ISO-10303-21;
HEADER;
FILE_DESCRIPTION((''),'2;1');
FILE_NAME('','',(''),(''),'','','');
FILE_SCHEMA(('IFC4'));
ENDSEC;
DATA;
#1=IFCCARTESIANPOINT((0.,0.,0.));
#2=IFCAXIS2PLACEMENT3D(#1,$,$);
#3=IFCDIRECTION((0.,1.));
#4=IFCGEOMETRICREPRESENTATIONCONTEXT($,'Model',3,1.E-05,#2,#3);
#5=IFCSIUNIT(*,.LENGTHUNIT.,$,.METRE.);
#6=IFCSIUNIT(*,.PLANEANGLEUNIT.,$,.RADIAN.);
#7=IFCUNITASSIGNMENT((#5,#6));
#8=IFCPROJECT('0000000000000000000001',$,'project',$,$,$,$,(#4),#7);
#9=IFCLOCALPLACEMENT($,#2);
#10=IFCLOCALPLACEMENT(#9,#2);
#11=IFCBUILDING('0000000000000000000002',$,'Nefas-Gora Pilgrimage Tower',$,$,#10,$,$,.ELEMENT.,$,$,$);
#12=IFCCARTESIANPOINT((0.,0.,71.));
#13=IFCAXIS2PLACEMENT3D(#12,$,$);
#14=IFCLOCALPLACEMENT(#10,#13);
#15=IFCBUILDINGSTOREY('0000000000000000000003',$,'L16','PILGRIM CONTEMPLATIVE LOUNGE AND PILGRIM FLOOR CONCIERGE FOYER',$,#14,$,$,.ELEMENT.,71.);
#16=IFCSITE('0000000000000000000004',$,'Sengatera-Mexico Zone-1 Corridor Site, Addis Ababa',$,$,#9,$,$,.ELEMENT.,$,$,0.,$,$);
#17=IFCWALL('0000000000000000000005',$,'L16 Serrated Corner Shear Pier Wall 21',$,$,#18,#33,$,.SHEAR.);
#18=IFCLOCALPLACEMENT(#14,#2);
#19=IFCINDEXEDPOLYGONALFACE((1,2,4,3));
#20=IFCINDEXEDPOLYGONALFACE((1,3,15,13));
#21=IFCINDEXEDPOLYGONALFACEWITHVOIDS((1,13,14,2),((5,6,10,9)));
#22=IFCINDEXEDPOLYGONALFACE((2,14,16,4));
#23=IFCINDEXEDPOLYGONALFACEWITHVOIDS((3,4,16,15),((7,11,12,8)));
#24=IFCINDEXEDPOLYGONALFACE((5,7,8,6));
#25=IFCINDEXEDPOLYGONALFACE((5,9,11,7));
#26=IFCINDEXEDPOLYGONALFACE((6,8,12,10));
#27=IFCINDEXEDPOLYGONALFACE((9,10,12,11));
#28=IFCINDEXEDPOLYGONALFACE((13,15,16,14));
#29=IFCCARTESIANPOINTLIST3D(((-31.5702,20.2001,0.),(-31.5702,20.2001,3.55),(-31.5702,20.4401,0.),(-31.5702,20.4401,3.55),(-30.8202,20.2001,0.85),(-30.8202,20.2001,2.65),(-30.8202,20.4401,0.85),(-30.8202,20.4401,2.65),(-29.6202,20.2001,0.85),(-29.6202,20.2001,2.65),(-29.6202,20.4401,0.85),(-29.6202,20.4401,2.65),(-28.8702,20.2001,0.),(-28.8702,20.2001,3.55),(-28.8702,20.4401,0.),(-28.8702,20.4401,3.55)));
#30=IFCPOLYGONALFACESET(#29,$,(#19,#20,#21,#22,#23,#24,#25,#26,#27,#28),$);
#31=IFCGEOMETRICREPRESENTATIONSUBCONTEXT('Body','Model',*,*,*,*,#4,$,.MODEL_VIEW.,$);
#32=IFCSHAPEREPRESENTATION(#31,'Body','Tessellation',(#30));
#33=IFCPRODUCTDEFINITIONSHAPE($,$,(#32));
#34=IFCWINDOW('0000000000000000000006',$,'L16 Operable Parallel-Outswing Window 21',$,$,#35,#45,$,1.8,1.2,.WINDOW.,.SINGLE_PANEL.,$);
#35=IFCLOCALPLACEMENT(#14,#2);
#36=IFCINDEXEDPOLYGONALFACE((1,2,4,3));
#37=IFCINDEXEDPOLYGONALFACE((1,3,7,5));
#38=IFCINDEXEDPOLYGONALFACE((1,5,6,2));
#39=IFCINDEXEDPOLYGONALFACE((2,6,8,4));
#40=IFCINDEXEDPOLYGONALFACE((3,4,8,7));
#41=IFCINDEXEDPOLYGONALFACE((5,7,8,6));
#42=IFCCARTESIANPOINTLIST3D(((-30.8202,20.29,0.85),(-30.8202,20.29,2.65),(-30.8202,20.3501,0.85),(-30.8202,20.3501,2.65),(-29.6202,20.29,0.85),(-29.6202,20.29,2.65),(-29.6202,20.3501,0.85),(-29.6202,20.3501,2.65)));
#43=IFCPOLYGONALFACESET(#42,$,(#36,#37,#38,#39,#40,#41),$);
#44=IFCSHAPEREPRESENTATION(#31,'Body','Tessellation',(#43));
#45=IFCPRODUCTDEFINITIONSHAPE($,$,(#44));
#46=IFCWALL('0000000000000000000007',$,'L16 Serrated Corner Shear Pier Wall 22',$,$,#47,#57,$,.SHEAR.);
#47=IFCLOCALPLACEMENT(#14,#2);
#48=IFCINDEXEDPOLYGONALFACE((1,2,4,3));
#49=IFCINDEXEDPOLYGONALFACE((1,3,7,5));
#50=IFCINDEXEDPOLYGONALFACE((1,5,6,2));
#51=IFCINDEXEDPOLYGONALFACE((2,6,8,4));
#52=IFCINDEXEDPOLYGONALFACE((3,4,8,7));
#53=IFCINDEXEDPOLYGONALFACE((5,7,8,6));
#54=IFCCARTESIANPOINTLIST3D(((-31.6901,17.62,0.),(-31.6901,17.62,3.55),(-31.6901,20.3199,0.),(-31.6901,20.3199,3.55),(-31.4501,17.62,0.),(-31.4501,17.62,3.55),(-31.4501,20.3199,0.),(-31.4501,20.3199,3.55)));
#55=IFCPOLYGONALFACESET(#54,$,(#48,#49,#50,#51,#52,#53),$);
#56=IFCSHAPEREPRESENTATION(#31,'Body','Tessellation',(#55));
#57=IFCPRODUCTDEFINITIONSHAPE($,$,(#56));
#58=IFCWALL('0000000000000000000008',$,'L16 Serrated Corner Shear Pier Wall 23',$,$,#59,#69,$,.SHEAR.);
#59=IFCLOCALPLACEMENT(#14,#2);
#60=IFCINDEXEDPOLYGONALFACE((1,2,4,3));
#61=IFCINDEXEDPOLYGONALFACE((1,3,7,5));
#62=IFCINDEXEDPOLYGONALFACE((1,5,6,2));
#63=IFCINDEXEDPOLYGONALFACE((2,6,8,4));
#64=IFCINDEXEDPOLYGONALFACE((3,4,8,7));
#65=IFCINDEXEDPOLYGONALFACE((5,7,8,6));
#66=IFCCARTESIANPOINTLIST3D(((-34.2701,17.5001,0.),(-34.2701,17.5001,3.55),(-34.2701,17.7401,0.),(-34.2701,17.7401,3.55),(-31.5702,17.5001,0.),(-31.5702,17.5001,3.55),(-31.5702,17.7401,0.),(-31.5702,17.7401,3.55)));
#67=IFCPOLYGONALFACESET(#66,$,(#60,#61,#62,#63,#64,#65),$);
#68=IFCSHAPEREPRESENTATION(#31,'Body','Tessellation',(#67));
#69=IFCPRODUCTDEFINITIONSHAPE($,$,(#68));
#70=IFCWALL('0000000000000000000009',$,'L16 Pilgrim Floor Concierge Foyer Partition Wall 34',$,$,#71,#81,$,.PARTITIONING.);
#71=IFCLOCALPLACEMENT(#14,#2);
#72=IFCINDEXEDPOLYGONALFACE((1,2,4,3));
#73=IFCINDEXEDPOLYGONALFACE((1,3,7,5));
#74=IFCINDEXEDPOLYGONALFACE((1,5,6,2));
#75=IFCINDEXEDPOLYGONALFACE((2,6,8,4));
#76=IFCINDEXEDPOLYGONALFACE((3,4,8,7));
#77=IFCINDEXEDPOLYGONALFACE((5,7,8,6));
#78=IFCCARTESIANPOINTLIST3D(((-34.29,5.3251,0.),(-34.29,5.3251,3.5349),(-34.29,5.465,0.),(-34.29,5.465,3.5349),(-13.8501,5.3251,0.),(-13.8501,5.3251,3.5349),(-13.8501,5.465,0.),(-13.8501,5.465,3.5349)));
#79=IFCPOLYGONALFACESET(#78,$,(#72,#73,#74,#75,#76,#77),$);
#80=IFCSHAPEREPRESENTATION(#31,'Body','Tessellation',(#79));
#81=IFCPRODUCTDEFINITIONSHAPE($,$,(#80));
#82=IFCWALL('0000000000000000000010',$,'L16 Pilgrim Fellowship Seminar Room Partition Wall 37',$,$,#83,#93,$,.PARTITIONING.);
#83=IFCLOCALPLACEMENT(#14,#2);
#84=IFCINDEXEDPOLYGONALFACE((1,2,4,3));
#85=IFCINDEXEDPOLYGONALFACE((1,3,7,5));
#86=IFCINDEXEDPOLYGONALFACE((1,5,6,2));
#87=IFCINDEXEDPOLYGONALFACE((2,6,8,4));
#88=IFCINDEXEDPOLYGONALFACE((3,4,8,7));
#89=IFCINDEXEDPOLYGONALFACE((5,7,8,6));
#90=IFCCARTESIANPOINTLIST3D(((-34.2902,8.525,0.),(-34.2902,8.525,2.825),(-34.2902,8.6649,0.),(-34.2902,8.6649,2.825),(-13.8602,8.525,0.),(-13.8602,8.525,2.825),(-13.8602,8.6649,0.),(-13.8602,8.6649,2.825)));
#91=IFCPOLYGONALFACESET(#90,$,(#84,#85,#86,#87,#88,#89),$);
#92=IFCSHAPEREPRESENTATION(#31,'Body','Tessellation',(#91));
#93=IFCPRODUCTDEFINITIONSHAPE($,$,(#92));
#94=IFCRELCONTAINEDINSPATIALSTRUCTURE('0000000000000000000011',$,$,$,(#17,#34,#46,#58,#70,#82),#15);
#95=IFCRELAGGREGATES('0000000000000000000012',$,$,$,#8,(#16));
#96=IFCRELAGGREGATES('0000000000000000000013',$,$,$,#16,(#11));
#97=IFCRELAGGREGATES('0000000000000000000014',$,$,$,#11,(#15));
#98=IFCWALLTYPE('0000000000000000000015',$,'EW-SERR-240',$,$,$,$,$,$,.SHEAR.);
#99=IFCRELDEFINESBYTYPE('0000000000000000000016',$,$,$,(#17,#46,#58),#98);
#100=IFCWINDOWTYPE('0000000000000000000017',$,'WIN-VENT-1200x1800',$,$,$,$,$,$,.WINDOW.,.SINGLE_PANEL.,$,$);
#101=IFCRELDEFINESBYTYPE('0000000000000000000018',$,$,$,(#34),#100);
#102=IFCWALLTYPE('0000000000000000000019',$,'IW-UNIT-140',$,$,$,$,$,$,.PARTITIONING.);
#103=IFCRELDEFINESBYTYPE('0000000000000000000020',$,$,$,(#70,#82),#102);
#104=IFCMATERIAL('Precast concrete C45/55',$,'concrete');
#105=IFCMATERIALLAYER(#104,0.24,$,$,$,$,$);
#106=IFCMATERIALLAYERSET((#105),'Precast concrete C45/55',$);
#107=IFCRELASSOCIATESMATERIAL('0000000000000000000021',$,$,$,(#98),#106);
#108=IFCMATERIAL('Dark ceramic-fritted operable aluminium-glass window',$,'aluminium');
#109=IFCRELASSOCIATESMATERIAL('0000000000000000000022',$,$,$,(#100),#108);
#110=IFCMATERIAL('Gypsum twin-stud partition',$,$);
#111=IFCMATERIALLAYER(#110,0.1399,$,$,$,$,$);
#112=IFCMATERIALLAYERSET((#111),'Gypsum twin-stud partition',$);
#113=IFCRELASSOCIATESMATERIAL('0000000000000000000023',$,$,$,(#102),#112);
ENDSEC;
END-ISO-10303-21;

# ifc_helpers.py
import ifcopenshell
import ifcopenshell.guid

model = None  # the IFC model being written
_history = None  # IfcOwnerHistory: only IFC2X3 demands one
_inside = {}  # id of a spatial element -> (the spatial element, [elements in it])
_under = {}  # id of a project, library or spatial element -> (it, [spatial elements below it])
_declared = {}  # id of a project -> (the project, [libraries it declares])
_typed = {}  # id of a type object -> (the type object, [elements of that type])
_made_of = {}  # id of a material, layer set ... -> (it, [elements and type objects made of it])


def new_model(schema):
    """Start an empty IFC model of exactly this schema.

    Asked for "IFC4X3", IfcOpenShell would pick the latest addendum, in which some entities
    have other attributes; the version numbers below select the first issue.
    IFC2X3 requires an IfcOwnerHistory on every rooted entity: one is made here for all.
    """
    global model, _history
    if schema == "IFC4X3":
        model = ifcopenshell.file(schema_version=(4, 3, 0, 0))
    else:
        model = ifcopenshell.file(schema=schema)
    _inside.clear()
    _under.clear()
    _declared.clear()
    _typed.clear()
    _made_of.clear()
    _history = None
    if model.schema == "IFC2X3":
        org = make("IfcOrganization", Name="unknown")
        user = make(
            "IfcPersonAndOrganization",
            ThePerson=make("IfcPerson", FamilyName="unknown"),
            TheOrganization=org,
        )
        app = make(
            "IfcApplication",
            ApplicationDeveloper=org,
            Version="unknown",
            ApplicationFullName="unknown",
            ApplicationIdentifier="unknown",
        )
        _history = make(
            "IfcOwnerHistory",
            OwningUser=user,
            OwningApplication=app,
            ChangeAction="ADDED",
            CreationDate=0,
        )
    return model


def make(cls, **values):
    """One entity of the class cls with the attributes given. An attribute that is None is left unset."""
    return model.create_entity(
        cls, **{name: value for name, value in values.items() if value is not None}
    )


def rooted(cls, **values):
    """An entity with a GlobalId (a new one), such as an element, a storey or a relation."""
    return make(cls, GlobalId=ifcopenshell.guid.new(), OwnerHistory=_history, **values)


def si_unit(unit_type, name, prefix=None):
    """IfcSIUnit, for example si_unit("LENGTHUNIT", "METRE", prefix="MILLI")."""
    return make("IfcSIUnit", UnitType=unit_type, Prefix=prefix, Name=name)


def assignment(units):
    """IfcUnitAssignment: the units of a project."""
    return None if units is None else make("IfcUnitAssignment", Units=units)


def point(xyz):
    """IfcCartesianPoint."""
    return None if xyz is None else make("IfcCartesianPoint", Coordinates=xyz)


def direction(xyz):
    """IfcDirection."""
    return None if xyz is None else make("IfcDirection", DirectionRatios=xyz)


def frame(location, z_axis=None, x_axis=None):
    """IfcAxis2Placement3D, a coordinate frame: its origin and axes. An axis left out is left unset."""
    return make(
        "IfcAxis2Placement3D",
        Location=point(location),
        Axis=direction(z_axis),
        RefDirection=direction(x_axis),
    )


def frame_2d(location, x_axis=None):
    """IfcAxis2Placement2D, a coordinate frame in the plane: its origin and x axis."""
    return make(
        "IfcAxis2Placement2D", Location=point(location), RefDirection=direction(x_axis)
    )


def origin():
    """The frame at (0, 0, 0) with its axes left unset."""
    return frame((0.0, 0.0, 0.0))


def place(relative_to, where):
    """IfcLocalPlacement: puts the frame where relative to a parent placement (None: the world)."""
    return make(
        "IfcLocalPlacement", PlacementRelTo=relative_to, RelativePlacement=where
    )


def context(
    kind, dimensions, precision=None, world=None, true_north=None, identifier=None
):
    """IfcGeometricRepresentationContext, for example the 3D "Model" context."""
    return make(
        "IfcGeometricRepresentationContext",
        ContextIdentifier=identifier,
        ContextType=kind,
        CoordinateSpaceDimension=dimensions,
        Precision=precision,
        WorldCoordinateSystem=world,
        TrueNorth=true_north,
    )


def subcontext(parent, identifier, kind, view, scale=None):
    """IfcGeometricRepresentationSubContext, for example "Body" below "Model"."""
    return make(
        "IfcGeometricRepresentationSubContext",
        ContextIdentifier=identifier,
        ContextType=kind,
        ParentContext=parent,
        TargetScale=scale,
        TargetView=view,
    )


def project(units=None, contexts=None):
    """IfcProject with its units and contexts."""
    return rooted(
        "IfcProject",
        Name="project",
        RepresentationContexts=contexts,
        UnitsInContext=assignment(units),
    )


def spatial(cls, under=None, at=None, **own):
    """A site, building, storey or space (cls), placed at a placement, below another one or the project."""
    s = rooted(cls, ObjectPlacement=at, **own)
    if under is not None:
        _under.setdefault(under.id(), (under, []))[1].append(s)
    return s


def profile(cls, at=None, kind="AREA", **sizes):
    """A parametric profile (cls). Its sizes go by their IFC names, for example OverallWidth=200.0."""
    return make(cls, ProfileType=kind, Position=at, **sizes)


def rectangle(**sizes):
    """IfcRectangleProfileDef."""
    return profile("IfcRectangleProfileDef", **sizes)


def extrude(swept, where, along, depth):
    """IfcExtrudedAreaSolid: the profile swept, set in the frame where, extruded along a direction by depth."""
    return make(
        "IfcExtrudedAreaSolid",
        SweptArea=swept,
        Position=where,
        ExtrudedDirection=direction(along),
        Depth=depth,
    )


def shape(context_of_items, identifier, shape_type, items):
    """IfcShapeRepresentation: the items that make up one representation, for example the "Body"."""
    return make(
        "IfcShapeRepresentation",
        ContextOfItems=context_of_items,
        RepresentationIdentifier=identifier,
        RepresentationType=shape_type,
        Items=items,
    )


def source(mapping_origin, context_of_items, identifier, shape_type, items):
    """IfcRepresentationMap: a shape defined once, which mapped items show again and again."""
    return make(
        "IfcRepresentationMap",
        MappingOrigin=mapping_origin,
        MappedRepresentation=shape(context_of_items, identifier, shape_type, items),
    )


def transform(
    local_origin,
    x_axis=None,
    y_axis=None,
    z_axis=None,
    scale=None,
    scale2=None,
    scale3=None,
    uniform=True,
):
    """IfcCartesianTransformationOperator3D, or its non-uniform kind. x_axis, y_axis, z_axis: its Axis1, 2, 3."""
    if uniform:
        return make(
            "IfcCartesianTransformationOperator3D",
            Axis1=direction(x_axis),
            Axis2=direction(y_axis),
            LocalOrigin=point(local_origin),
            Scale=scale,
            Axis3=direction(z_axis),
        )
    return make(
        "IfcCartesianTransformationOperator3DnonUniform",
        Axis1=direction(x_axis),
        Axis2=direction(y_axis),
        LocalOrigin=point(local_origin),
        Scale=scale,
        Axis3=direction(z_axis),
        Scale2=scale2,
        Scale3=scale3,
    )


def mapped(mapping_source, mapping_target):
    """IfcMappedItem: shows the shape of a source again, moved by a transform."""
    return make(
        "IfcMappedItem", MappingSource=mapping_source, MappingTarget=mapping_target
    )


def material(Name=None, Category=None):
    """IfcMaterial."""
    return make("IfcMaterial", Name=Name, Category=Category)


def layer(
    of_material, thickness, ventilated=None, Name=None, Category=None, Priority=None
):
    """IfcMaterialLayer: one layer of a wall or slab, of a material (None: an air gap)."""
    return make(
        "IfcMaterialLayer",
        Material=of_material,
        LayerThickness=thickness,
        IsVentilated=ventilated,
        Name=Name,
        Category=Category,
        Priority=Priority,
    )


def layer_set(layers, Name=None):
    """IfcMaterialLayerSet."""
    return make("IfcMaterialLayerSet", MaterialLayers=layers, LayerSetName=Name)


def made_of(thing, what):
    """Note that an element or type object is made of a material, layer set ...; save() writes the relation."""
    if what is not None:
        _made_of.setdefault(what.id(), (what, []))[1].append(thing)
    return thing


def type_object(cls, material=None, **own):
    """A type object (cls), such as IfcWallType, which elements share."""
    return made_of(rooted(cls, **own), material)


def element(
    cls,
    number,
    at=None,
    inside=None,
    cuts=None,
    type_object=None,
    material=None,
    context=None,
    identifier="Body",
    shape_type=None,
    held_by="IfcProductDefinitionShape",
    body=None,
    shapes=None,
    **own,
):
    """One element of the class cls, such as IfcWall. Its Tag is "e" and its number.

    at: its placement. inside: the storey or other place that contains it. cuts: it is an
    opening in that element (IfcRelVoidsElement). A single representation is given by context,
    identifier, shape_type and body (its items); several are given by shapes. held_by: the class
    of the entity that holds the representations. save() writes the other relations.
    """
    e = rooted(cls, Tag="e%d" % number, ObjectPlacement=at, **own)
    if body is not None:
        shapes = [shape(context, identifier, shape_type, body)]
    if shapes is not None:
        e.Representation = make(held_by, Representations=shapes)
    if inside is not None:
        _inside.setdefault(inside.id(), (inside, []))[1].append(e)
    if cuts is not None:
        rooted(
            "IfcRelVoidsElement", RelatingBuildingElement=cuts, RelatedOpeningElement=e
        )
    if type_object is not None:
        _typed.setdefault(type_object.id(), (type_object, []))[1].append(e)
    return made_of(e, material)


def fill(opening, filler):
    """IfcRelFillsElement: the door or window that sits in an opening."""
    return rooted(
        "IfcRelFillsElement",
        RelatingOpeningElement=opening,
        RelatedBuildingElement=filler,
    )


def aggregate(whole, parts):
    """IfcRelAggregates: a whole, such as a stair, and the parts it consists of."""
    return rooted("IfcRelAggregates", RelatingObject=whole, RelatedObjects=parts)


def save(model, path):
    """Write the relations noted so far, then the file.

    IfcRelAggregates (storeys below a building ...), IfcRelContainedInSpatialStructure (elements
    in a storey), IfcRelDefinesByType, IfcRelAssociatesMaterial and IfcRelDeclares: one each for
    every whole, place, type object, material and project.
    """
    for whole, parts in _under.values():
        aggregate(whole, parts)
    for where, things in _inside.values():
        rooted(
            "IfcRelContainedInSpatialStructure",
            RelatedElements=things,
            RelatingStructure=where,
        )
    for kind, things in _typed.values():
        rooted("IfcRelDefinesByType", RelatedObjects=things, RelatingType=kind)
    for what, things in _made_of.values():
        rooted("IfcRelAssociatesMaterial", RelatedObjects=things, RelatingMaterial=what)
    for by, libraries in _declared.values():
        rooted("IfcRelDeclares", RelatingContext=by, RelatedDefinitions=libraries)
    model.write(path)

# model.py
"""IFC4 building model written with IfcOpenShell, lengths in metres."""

from ifc_helpers import new_model, si_unit, direction, frame, frame_2d, origin, place, context, subcontext, project, spatial, rectangle, extrude, source, transform, mapped, material, layer, layer_set, type_object, element, fill, save


model = new_model("IFC4")

# Units and contexts
model_context = context("Model", 3, precision=1e-05, world=origin(), true_north=direction((0.0, 1.0)))
body_context = subcontext(model_context, "Body", "Model", "MODEL_VIEW")
ifc_project = project(units=[si_unit("LENGTHUNIT", "METRE"), si_unit("PLANEANGLEUNIT", "RADIAN")], contexts=[model_context])

# Site, building, storey
site_placement = place(None, origin())
site = spatial("IfcSite", under=ifc_project, at=site_placement, Name="Sengatera-Mexico Zone-1 Corridor Site, Addis Ababa", CompositionType="ELEMENT", RefElevation=0.0)
building_placement = place(site_placement, origin())
building = spatial("IfcBuilding", under=site, at=building_placement, Name="Nefas-Gora Pilgrimage Tower", CompositionType="ELEMENT")
storey_placement = place(building_placement, frame((0.0, 0.0, 71.0)))
storey = spatial("IfcBuildingStorey", under=building, at=storey_placement, Name="L16", Description="PILGRIM CONTEMPLATIVE LOUNGE AND PILGRIM FLOOR CONCIERGE FOYER", CompositionType="ELEMENT", Elevation=71.0)

# Shared definitions
ifc_material_1 = material(Name="Precast concrete C45/55", Category="concrete")
ifc_layer_1 = layer(ifc_material_1, 0.24)
ifc_layer_set_1 = layer_set([ifc_layer_1], Name="Precast concrete C45/55")
wall_type_1 = type_object("IfcWallType", Name="EW-SERR-240", PredefinedType="SHEAR", material=ifc_layer_set_1)
shared_shape_1 = source(origin(), body_context, "Body", "SweptSolid", [
    extrude(rectangle(XDim=2.7, YDim=0.24, at=frame_2d((1.3501, 0.0))), origin(), (0.0, 0.0, 1.0), 3.55),
])

# Wall, opening, window
wall_1_placement = place(storey_placement, frame((-28.8701, 20.3201, 0.0), z_axis=(0.0, 0.0, 1.0), x_axis=(-1.0, 0.0, 0.0)))
wall_1 = element("IfcWall", 1, at=wall_1_placement, inside=storey, type_object=wall_type_1, Name="L16 Serrated Corner Shear Pier Wall 21", PredefinedType="SHEAR", context=body_context, shape_type="MappedRepresentation", body=[
    mapped(shared_shape_1, transform((0.0, 0.0, 0.0), x_axis=(1.0, 0.0, 0.0), y_axis=(0.0, 1.0, 0.0), z_axis=(0.0, 0.0, 1.0), scale=1.0)),
])
opening_placement = place(wall_1_placement, frame((0.75, 0.0, 0.8501)))
opening = element("IfcOpeningElement", 2, at=opening_placement, cuts=wall_1, PredefinedType="OPENING", context=body_context, shape_type="SweptSolid", body=[
    extrude(rectangle(XDim=1.2, YDim=1.8, at=frame_2d((0.6001, 0.8999))), frame((0.0, 0.1299, 0.0), z_axis=(0.0, -1.0, 0.0), x_axis=(1.0, 0.0, 0.0)), (0.0, 0.0, 1.0), 0.26),
])
ifc_material_2 = material(Name="Dark ceramic-fritted operable aluminium-glass window", Category="aluminium")
window_type = type_object("IfcWindowType", Name="WIN-VENT-1200x1800", PartitioningType="SINGLE_PANEL", PredefinedType="WINDOW", material=ifc_material_2)
shared_shape_2 = source(origin(), body_context, "Body", "SweptSolid", [
    extrude(rectangle(XDim=1.2, YDim=1.8, at=frame_2d((0.6001, 0.8999))), frame((0.0, 0.03, 0.0), z_axis=(0.0, -1.0, 0.0), x_axis=(1.0, 0.0, 0.0)), (0.0, 0.0, 1.0), 0.0601),
])
window_placement = place(opening_placement, origin())
window = element("IfcWindow", 3, at=window_placement, inside=storey, type_object=window_type, Name="L16 Operable Parallel-Outswing Window 21", OverallHeight=1.8, OverallWidth=1.2, PartitioningType="SINGLE_PANEL", PredefinedType="WINDOW", context=body_context, shape_type="MappedRepresentation", body=[
    mapped(shared_shape_2, transform((0.0, 0.0, 0.0), x_axis=(1.0, 0.0, 0.0), y_axis=(0.0, 1.0, 0.0), z_axis=(0.0, 0.0, 1.0), scale=1.0)),
])
fill(opening, window)

# Walls
for number, where, z_axis, x_axis, name in (
    (4, (-31.5701, 20.3201, 0.0), (0.0, 0.0, 1.0), (0.0, -1.0, 0.0), "L16 Serrated Corner Shear Pier Wall 22"),
    (5, (-31.5701, 17.6201, 0.0), (0.0, 0.0, 1.0), (-1.0, 0.0, 0.0), "L16 Serrated Corner Shear Pier Wall 23"),
):
    element("IfcWall", number, at=place(storey_placement, frame(where, z_axis=z_axis, x_axis=x_axis)), inside=storey, type_object=wall_type_1, Name=name, PredefinedType="SHEAR", context=body_context, shape_type="MappedRepresentation", body=[
        mapped(shared_shape_1, transform((0.0, 0.0, 0.0), x_axis=(1.0, 0.0, 0.0), y_axis=(0.0, 1.0, 0.0), z_axis=(0.0, 0.0, 1.0), scale=1.0)),
    ])
ifc_material_3 = material(Name="Gypsum twin-stud partition")
ifc_layer_2 = layer(ifc_material_3, 0.1399)
ifc_layer_set_2 = layer_set([ifc_layer_2], Name="Gypsum twin-stud partition")
wall_type_2 = type_object("IfcWallType", Name="IW-UNIT-140", PredefinedType="PARTITIONING", material=ifc_layer_set_2)
shared_shape_3 = source(origin(), body_context, "Body", "SweptSolid", [
    extrude(rectangle(XDim=20.4399, YDim=0.1399, at=frame_2d((10.22, 0.0))), origin(), (0.0, 0.0, 1.0), 3.5349),
])
wall_2_placement = place(storey_placement, frame((-34.29, 5.395, 0.0), z_axis=(0.0, 0.0, 1.0), x_axis=(1.0, 0.0, 0.0)))
element("IfcWall", 6, at=wall_2_placement, inside=storey, type_object=wall_type_2, Name="L16 Pilgrim Floor Concierge Foyer Partition Wall 34", PredefinedType="PARTITIONING", context=body_context, shape_type="MappedRepresentation", body=[
    mapped(shared_shape_3, transform((0.0, 0.0, 0.0), x_axis=(1.0, 0.0, 0.0), y_axis=(0.0, 1.0, 0.0), z_axis=(0.0, 0.0, 1.0), scale=1.0)),
])
shared_shape_4 = source(origin(), body_context, "Body", "SweptSolid", [
    extrude(rectangle(XDim=20.4299, YDim=0.1399, at=frame_2d((10.2148, 0.0))), origin(), (0.0, 0.0, 1.0), 2.825),
])
wall_3_placement = place(storey_placement, frame((-34.29, 8.595, 0.0), z_axis=(0.0, 0.0, 1.0), x_axis=(1.0, 0.0, 0.0)))
element("IfcWall", 7, at=wall_3_placement, inside=storey, type_object=wall_type_2, Name="L16 Pilgrim Fellowship Seminar Room Partition Wall 37", PredefinedType="PARTITIONING", context=body_context, shape_type="MappedRepresentation", body=[
    mapped(shared_shape_4, transform((0.0, 0.0, 0.0), x_axis=(1.0, 0.0, 0.0), y_axis=(0.0, 1.0, 0.0), z_axis=(0.0, 0.0, 1.0), scale=1.0)),
])

save(model, "model.ifc")
